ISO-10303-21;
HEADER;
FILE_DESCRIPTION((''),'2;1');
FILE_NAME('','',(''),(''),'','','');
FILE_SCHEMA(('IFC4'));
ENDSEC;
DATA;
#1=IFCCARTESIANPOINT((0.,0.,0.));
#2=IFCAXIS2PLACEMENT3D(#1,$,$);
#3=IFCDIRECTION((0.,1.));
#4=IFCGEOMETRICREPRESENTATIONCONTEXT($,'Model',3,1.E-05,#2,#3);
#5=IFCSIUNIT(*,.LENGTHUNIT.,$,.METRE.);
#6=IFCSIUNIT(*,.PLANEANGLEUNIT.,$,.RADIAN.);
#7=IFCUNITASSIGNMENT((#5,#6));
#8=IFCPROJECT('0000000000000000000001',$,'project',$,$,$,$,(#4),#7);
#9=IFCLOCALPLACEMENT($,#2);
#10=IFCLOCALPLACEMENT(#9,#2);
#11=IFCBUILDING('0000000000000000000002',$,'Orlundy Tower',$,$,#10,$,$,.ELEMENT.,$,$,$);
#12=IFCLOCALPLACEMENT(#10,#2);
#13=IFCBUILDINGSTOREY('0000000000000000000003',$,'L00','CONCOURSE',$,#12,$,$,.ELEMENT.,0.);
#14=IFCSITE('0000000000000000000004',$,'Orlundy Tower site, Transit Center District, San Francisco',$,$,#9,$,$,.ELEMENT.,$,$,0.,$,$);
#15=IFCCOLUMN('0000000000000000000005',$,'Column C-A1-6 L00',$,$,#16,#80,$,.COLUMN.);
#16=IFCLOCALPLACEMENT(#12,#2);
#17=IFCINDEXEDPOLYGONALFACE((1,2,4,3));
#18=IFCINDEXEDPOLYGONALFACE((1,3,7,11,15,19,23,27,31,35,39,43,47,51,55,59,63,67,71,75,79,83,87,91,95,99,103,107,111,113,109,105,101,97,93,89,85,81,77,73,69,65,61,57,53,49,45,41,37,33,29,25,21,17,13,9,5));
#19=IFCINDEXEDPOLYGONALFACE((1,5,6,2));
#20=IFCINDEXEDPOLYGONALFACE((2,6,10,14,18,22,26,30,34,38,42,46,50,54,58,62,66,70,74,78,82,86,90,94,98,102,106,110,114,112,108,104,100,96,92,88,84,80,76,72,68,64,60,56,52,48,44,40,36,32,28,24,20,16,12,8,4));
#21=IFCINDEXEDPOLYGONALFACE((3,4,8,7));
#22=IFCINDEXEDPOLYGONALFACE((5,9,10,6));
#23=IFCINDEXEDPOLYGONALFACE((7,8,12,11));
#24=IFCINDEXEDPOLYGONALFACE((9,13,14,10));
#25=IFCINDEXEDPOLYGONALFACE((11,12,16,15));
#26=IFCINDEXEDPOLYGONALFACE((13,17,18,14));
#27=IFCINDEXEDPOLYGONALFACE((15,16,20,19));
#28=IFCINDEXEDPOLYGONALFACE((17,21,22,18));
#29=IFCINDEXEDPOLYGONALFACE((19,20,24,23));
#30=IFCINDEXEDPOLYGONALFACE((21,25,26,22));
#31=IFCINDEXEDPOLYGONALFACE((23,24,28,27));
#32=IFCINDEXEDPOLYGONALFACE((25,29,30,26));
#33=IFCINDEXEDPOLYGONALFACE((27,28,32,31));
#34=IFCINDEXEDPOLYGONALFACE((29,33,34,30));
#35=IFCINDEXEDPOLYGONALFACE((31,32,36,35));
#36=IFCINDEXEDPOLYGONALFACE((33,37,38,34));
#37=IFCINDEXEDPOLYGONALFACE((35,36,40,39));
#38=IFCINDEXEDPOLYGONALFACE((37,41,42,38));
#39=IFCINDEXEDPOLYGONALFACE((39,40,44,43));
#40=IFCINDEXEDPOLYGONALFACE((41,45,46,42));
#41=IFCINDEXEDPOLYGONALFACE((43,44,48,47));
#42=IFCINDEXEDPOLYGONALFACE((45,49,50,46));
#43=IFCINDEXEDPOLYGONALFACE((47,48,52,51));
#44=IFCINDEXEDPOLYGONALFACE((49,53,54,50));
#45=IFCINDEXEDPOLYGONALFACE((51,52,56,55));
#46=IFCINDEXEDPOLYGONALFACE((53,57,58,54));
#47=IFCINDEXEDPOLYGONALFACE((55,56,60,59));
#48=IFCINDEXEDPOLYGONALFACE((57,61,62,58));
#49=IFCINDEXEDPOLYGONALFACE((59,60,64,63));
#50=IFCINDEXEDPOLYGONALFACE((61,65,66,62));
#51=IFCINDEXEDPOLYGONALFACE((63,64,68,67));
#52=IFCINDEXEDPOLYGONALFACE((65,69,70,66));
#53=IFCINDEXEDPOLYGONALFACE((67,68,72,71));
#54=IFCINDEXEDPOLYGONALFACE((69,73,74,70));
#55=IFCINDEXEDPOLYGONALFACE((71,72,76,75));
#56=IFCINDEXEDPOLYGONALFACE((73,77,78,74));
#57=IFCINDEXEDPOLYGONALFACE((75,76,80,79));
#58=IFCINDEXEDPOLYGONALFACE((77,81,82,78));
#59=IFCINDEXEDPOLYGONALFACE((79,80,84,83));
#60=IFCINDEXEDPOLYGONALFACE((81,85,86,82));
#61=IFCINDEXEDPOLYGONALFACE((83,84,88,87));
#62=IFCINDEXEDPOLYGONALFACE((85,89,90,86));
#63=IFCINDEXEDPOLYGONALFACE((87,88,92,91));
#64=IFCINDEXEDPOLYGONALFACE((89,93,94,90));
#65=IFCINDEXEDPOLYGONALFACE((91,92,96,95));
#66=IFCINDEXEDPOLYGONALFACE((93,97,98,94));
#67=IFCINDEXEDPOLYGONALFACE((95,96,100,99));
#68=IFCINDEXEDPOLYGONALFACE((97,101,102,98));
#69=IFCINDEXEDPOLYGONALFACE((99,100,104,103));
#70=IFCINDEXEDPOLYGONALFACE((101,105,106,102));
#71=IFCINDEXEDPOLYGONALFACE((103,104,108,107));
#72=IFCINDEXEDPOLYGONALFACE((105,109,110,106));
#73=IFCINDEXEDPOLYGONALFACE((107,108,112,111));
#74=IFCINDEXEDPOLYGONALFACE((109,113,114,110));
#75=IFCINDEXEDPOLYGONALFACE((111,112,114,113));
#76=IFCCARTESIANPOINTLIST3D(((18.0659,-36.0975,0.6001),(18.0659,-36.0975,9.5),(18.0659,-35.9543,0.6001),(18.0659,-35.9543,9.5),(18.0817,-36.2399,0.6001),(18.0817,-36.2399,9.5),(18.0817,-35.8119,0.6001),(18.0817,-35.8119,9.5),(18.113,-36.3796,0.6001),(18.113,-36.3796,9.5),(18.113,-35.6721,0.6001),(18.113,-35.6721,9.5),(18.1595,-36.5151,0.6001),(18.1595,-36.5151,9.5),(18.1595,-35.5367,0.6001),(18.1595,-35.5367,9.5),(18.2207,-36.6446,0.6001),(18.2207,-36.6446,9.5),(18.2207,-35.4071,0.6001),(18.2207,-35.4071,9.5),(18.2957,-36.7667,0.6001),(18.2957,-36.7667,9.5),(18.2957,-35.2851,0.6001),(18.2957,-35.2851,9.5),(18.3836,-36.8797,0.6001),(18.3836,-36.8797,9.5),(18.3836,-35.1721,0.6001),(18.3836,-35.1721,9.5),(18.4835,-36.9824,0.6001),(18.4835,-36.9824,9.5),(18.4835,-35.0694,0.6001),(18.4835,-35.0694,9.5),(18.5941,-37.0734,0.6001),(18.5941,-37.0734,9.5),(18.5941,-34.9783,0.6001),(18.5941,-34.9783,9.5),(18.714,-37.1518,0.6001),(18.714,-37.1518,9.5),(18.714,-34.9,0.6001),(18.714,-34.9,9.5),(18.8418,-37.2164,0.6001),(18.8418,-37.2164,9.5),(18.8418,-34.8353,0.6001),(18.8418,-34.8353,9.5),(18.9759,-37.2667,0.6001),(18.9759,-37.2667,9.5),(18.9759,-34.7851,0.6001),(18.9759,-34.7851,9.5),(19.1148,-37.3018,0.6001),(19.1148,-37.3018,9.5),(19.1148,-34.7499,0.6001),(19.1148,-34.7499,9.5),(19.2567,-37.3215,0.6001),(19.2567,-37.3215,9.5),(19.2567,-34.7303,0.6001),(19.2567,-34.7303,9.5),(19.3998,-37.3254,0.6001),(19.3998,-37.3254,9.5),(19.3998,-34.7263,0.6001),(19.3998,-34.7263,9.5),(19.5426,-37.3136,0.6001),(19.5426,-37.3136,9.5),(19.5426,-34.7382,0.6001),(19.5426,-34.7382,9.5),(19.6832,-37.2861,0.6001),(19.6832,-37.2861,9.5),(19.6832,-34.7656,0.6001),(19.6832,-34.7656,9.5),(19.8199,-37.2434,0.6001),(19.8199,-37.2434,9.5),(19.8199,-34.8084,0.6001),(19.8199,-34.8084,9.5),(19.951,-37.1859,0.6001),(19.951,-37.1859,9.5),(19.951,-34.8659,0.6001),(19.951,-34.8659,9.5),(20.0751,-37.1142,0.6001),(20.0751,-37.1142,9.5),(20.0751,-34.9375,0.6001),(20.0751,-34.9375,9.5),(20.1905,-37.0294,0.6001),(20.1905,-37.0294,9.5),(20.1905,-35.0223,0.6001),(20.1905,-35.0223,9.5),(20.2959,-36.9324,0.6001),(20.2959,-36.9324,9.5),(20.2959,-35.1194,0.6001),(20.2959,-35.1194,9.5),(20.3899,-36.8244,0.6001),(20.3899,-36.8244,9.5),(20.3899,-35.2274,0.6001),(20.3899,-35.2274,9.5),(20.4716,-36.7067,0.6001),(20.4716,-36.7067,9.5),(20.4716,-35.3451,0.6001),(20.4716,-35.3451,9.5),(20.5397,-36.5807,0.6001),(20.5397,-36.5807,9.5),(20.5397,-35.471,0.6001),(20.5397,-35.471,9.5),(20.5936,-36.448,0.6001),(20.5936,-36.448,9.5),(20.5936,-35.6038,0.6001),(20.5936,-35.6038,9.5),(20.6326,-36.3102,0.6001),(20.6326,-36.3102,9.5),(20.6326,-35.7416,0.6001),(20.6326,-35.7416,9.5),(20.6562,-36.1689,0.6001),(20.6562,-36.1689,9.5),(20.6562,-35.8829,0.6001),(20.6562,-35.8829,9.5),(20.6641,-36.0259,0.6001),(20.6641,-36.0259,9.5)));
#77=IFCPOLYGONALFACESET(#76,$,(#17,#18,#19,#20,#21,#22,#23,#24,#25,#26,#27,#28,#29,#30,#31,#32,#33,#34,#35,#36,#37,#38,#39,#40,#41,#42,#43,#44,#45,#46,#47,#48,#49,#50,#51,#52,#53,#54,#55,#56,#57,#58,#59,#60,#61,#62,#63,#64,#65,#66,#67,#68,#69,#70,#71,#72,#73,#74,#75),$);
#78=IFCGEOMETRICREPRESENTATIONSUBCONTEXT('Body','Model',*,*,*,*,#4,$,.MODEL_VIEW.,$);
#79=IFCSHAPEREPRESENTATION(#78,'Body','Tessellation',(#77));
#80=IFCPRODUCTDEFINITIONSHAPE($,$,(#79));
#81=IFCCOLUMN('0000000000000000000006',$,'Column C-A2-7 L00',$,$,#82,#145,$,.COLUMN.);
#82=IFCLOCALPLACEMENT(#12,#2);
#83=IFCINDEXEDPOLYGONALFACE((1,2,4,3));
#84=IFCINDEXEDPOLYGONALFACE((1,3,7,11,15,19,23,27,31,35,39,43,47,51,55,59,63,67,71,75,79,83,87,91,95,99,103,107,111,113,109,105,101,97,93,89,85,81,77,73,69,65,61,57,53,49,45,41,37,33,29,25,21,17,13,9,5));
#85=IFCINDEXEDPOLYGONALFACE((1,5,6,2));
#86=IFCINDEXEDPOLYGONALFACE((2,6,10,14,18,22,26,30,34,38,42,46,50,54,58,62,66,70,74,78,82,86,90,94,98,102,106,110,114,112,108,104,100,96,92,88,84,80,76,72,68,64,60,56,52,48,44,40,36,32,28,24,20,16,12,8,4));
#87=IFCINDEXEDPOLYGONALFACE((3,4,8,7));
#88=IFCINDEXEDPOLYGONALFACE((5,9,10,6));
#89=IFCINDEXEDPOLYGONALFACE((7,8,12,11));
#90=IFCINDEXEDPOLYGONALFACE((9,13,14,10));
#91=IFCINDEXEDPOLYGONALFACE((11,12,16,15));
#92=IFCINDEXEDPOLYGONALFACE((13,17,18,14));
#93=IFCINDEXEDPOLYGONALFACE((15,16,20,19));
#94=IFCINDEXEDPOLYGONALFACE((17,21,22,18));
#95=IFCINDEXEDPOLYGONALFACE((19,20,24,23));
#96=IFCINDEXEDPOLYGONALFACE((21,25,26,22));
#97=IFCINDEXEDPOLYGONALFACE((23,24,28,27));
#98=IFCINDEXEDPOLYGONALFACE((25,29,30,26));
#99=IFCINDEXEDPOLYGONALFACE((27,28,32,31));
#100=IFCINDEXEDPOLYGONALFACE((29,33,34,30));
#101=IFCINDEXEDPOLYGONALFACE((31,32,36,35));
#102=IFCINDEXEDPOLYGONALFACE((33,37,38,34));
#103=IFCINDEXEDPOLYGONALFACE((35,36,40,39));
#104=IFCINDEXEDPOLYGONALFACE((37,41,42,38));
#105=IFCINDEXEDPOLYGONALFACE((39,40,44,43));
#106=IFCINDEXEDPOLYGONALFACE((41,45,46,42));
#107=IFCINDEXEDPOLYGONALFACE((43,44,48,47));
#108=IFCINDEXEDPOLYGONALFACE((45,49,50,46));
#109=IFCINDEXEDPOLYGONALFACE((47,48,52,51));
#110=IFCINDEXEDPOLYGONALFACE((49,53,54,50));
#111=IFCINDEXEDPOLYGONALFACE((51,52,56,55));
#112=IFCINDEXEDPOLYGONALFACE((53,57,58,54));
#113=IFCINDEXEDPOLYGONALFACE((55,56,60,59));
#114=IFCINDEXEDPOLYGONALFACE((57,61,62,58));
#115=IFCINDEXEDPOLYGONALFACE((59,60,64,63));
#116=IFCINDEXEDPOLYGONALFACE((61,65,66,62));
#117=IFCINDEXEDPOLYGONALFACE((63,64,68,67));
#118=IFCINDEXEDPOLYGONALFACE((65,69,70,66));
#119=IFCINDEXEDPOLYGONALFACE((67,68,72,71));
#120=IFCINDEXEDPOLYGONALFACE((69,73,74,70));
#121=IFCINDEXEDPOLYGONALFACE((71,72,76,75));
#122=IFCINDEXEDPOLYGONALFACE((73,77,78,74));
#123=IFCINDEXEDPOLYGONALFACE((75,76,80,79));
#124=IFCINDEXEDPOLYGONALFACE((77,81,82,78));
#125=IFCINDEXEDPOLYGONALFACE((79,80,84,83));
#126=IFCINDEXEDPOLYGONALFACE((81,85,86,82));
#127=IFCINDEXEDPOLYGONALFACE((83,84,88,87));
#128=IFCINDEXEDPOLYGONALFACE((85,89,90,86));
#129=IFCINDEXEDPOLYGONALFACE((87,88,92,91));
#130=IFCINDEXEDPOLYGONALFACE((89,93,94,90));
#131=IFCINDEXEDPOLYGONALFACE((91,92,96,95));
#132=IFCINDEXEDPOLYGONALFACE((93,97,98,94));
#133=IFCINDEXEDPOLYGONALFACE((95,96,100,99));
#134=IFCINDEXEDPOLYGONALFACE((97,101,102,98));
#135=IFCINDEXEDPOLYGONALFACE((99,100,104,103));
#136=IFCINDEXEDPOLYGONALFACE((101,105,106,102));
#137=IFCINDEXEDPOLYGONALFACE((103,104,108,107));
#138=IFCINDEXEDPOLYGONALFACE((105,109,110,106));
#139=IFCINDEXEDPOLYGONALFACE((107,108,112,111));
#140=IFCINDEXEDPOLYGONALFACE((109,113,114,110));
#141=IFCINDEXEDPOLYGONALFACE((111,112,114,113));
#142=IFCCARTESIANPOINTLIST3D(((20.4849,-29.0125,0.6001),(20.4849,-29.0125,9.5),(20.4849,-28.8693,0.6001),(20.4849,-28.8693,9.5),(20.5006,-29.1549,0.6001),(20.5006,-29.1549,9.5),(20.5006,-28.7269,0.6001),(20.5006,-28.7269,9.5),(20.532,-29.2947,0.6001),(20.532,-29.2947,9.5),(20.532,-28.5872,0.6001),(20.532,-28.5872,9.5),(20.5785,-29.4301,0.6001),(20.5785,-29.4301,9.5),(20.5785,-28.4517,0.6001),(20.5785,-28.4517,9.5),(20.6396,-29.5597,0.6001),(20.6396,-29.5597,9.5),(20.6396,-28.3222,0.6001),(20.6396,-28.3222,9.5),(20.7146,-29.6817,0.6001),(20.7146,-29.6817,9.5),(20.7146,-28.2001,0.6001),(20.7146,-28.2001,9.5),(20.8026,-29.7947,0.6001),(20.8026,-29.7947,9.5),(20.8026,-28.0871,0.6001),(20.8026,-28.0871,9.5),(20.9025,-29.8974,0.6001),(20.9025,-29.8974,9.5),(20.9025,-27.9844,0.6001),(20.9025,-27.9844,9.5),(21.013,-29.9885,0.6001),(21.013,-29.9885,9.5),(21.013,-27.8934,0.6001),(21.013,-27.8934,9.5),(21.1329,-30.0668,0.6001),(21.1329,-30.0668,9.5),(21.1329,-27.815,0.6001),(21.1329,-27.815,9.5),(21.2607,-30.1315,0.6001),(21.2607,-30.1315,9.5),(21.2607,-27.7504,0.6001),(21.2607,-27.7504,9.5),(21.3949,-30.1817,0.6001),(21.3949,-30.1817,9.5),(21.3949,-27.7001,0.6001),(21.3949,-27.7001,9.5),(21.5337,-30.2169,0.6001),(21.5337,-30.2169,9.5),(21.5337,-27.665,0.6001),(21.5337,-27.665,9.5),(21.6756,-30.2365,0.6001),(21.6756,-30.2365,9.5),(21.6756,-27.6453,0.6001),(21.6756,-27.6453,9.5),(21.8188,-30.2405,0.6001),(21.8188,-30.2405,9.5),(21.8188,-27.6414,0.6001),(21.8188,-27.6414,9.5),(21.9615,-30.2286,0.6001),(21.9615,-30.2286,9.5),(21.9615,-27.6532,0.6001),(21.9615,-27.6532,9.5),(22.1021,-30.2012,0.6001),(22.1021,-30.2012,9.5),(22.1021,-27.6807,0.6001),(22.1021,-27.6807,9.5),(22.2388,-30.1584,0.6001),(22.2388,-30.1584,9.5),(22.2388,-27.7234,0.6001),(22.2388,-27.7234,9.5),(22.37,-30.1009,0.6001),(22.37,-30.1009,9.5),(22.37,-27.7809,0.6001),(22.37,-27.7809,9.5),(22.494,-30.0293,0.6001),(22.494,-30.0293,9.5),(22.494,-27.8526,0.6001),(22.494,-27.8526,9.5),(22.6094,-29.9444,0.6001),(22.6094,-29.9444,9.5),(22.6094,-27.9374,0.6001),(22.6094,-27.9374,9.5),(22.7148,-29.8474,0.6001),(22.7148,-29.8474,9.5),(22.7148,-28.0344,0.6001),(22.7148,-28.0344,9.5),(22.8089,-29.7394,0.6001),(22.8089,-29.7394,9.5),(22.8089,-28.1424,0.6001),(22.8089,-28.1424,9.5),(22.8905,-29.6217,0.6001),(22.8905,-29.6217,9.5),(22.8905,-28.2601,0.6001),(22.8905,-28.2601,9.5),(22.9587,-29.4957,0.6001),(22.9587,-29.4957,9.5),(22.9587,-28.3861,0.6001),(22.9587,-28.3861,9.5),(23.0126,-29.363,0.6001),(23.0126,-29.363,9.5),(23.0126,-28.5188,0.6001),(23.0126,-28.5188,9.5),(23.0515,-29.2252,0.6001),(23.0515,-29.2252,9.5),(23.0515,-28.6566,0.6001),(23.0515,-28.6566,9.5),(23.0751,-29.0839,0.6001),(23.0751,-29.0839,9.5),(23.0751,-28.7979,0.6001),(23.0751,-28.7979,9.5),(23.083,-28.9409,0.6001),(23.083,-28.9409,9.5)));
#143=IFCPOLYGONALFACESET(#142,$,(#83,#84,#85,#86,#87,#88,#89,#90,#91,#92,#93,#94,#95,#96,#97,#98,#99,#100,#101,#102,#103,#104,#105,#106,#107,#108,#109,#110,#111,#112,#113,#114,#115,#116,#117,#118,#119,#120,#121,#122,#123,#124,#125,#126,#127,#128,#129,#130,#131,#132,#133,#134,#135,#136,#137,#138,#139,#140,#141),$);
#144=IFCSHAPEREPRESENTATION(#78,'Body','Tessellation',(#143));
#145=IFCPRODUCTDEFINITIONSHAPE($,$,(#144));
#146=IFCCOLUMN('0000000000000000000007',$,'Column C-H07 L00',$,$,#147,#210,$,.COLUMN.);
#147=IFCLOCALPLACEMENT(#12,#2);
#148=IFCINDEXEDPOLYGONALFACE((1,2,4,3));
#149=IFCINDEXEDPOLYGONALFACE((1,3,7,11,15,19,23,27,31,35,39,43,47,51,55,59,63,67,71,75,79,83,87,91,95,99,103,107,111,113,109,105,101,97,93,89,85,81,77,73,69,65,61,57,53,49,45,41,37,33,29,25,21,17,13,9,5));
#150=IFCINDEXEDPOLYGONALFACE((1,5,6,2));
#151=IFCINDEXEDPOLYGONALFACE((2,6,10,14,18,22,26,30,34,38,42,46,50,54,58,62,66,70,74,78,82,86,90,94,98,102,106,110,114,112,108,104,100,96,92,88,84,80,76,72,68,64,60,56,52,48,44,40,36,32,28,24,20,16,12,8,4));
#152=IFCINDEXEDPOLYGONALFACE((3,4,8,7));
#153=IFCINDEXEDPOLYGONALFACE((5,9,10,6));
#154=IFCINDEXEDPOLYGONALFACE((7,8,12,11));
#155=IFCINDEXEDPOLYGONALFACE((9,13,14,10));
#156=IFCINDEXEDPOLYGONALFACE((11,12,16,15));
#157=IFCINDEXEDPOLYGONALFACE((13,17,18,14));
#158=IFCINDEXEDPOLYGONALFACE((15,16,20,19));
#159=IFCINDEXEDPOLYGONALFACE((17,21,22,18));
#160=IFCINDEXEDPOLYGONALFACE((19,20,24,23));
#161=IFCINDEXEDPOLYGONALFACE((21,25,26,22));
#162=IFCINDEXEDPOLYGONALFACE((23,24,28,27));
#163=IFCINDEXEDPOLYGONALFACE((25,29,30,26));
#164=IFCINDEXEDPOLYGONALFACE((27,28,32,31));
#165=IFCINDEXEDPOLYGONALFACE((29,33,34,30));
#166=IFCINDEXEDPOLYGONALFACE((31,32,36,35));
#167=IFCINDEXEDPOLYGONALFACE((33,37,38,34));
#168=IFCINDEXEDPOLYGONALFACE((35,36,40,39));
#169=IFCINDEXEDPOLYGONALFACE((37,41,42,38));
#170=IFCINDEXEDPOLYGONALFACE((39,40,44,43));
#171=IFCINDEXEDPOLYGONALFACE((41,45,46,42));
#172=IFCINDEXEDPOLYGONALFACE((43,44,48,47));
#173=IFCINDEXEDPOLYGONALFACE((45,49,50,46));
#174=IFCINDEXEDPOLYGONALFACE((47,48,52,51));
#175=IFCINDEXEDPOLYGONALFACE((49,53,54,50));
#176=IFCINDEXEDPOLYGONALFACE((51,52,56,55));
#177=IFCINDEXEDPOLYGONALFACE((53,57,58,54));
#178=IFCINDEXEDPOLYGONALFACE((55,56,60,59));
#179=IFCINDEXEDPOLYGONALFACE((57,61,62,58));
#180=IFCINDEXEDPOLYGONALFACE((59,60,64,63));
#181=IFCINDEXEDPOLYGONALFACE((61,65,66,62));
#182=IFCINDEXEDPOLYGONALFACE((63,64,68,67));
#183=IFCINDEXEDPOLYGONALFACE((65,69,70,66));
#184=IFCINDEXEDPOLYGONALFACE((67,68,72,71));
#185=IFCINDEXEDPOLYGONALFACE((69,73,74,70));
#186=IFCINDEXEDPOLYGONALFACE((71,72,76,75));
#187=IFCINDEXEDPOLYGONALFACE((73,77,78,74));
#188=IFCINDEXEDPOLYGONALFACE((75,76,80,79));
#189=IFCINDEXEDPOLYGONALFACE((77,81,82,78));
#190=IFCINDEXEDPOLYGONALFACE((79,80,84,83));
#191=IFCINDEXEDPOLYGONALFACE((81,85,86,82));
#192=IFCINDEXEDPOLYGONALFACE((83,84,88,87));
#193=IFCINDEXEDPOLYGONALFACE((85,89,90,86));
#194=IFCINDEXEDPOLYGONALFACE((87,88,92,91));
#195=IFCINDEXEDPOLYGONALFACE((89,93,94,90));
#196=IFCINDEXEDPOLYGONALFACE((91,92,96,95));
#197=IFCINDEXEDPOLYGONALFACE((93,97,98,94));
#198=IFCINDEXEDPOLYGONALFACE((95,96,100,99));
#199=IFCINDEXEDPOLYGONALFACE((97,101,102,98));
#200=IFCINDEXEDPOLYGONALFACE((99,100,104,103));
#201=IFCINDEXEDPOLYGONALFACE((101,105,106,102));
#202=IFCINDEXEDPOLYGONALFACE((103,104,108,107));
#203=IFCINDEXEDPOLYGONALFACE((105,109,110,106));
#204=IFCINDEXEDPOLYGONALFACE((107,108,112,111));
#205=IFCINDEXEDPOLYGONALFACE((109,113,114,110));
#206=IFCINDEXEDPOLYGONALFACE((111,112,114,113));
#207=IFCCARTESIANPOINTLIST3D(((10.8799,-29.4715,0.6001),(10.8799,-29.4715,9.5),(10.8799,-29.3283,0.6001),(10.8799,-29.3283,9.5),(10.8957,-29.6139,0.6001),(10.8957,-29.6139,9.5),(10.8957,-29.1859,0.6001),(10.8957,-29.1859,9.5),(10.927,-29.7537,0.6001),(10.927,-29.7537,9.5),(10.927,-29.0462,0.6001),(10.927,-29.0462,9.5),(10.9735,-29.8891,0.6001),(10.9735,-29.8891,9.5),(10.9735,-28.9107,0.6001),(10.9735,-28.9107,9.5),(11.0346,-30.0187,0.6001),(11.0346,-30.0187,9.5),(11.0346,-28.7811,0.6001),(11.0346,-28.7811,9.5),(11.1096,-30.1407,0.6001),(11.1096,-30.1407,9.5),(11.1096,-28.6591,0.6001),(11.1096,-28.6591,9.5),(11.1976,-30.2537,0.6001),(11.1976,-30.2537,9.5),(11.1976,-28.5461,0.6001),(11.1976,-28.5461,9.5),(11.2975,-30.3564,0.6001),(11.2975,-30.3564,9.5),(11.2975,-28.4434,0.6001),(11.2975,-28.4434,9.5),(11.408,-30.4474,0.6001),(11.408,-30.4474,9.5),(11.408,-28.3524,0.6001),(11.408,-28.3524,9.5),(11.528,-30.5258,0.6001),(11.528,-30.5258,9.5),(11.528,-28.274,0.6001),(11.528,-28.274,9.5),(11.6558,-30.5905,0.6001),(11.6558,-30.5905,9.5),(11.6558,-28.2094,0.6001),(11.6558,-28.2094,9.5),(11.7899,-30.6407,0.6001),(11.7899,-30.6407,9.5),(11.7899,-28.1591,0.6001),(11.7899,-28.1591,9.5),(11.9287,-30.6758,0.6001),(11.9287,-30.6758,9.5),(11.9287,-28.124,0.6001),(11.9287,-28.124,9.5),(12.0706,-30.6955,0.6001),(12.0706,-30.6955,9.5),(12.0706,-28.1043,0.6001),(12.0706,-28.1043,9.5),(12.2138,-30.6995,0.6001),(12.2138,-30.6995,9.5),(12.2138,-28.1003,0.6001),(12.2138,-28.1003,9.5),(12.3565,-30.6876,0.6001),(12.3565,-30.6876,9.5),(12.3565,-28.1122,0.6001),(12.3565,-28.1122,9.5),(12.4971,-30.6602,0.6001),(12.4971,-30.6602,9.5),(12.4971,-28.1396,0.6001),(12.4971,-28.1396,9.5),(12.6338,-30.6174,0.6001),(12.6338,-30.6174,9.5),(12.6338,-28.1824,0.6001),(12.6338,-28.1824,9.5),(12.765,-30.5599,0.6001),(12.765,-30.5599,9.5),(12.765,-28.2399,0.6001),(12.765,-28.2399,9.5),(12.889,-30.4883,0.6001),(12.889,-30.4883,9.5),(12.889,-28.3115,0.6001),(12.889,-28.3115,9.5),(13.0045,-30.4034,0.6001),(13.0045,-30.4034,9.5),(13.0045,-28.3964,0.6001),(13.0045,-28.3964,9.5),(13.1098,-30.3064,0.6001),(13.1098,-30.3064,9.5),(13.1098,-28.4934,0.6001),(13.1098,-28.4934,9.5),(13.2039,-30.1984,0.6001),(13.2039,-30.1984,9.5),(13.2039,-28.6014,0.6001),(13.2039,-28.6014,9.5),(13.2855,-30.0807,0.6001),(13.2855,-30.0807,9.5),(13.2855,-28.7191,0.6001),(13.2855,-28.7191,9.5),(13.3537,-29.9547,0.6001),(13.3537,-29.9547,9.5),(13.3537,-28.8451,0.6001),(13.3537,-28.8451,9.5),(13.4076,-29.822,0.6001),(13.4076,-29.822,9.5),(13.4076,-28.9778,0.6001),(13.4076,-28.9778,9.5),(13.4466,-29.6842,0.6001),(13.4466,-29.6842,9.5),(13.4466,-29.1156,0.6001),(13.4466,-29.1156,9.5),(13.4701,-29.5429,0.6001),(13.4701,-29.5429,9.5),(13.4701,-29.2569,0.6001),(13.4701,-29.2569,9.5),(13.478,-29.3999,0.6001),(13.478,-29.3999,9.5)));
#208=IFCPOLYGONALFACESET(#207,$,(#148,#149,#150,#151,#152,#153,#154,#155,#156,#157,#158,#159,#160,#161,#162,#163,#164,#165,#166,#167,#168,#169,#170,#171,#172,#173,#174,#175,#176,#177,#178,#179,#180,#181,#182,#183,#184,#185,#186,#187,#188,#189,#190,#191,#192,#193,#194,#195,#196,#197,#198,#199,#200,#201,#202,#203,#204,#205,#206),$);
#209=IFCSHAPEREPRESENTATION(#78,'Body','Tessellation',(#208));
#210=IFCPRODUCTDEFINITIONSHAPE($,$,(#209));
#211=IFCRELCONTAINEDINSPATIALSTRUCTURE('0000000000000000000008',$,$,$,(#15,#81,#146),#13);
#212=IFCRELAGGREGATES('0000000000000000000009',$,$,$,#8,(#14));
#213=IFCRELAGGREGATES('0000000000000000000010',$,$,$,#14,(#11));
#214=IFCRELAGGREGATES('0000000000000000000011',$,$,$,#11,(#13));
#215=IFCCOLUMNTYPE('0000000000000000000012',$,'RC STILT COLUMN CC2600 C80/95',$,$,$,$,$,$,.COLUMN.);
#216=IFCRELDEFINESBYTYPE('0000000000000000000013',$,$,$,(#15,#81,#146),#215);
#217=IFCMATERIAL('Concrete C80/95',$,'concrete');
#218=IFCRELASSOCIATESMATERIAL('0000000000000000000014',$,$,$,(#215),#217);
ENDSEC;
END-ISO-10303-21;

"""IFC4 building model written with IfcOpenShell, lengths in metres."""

from ifc_helpers import new_model, si_unit, direction, frame, origin, origin_2d, place, context, subcontext, project, spatial, circle, extrude, material, material_profile, profile_set, type_object, element, save


model = new_model("IFC4")

# Units and contexts
model_context = context("Model", 3, precision=1e-05, world=origin(), true_north=direction((0.0, 1.0)))
body_context = subcontext(model_context, "Body", "Model", "MODEL_VIEW")
ifc_project = project(units=[si_unit("LENGTHUNIT", "METRE"), si_unit("PLANEANGLEUNIT", "RADIAN")], contexts=[model_context])

# Site, building, storey
site_placement = place(None, origin())
site = spatial("IfcSite", under=ifc_project, at=site_placement, Name="Orlundy Tower site, Transit Center District, San Francisco", CompositionType="ELEMENT", RefElevation=0.0)
building_placement = place(site_placement, origin())
building = spatial("IfcBuilding", under=site, at=building_placement, Name="Orlundy Tower", CompositionType="ELEMENT")
storey_placement = place(building_placement, origin())
storey = spatial("IfcBuildingStorey", under=building, at=storey_placement, Name="L00", Description="CONCOURSE", CompositionType="ELEMENT", Elevation=0.0)

# Columns
ifc_material_1 = material(Name="Concrete C80/95", Category="concrete")
ifc_material_profile_1 = material_profile(ifc_material_1, circle(Radius=1.3, at=origin_2d()), Name="CC2600")
ifc_profile_set_1 = profile_set([ifc_material_profile_1], Name="Concrete C80/95")
column_type_1 = type_object("IfcColumnType", Name="RC STILT COLUMN CC2600 C80/95", PredefinedType="COLUMN", material=ifc_profile_set_1)
for number, where, z_axis, x_axis, name in (
    (1, (19.364, -36.0259, 0.6001), (0.0, 0.0, 1.0), (1.0, 0.0, 0.0), "Column C-A1-6 L00"),
    (2, (21.783, -28.9409, 0.6001), (0.0, 0.0, 1.0), (1.0, 0.0, 0.0), "Column C-A2-7 L00"),
    (3, (12.178, -29.3999, 0.6001), (0.0, 0.0, 1.0), (1.0, 0.0, 0.0), "Column C-H07 L00"),
):
    element("IfcColumn", number, at=place(storey_placement, frame(where, z_axis=z_axis, x_axis=x_axis)), inside=storey, type_object=column_type_1, Name=name, PredefinedType="COLUMN", context=body_context, shape_type="SweptSolid", body=[
        extrude(circle(Radius=1.3, at=origin_2d()), origin(), (0.0, 0.0, 1.0), 8.8999),
    ])

save(model, "model.ifc")
